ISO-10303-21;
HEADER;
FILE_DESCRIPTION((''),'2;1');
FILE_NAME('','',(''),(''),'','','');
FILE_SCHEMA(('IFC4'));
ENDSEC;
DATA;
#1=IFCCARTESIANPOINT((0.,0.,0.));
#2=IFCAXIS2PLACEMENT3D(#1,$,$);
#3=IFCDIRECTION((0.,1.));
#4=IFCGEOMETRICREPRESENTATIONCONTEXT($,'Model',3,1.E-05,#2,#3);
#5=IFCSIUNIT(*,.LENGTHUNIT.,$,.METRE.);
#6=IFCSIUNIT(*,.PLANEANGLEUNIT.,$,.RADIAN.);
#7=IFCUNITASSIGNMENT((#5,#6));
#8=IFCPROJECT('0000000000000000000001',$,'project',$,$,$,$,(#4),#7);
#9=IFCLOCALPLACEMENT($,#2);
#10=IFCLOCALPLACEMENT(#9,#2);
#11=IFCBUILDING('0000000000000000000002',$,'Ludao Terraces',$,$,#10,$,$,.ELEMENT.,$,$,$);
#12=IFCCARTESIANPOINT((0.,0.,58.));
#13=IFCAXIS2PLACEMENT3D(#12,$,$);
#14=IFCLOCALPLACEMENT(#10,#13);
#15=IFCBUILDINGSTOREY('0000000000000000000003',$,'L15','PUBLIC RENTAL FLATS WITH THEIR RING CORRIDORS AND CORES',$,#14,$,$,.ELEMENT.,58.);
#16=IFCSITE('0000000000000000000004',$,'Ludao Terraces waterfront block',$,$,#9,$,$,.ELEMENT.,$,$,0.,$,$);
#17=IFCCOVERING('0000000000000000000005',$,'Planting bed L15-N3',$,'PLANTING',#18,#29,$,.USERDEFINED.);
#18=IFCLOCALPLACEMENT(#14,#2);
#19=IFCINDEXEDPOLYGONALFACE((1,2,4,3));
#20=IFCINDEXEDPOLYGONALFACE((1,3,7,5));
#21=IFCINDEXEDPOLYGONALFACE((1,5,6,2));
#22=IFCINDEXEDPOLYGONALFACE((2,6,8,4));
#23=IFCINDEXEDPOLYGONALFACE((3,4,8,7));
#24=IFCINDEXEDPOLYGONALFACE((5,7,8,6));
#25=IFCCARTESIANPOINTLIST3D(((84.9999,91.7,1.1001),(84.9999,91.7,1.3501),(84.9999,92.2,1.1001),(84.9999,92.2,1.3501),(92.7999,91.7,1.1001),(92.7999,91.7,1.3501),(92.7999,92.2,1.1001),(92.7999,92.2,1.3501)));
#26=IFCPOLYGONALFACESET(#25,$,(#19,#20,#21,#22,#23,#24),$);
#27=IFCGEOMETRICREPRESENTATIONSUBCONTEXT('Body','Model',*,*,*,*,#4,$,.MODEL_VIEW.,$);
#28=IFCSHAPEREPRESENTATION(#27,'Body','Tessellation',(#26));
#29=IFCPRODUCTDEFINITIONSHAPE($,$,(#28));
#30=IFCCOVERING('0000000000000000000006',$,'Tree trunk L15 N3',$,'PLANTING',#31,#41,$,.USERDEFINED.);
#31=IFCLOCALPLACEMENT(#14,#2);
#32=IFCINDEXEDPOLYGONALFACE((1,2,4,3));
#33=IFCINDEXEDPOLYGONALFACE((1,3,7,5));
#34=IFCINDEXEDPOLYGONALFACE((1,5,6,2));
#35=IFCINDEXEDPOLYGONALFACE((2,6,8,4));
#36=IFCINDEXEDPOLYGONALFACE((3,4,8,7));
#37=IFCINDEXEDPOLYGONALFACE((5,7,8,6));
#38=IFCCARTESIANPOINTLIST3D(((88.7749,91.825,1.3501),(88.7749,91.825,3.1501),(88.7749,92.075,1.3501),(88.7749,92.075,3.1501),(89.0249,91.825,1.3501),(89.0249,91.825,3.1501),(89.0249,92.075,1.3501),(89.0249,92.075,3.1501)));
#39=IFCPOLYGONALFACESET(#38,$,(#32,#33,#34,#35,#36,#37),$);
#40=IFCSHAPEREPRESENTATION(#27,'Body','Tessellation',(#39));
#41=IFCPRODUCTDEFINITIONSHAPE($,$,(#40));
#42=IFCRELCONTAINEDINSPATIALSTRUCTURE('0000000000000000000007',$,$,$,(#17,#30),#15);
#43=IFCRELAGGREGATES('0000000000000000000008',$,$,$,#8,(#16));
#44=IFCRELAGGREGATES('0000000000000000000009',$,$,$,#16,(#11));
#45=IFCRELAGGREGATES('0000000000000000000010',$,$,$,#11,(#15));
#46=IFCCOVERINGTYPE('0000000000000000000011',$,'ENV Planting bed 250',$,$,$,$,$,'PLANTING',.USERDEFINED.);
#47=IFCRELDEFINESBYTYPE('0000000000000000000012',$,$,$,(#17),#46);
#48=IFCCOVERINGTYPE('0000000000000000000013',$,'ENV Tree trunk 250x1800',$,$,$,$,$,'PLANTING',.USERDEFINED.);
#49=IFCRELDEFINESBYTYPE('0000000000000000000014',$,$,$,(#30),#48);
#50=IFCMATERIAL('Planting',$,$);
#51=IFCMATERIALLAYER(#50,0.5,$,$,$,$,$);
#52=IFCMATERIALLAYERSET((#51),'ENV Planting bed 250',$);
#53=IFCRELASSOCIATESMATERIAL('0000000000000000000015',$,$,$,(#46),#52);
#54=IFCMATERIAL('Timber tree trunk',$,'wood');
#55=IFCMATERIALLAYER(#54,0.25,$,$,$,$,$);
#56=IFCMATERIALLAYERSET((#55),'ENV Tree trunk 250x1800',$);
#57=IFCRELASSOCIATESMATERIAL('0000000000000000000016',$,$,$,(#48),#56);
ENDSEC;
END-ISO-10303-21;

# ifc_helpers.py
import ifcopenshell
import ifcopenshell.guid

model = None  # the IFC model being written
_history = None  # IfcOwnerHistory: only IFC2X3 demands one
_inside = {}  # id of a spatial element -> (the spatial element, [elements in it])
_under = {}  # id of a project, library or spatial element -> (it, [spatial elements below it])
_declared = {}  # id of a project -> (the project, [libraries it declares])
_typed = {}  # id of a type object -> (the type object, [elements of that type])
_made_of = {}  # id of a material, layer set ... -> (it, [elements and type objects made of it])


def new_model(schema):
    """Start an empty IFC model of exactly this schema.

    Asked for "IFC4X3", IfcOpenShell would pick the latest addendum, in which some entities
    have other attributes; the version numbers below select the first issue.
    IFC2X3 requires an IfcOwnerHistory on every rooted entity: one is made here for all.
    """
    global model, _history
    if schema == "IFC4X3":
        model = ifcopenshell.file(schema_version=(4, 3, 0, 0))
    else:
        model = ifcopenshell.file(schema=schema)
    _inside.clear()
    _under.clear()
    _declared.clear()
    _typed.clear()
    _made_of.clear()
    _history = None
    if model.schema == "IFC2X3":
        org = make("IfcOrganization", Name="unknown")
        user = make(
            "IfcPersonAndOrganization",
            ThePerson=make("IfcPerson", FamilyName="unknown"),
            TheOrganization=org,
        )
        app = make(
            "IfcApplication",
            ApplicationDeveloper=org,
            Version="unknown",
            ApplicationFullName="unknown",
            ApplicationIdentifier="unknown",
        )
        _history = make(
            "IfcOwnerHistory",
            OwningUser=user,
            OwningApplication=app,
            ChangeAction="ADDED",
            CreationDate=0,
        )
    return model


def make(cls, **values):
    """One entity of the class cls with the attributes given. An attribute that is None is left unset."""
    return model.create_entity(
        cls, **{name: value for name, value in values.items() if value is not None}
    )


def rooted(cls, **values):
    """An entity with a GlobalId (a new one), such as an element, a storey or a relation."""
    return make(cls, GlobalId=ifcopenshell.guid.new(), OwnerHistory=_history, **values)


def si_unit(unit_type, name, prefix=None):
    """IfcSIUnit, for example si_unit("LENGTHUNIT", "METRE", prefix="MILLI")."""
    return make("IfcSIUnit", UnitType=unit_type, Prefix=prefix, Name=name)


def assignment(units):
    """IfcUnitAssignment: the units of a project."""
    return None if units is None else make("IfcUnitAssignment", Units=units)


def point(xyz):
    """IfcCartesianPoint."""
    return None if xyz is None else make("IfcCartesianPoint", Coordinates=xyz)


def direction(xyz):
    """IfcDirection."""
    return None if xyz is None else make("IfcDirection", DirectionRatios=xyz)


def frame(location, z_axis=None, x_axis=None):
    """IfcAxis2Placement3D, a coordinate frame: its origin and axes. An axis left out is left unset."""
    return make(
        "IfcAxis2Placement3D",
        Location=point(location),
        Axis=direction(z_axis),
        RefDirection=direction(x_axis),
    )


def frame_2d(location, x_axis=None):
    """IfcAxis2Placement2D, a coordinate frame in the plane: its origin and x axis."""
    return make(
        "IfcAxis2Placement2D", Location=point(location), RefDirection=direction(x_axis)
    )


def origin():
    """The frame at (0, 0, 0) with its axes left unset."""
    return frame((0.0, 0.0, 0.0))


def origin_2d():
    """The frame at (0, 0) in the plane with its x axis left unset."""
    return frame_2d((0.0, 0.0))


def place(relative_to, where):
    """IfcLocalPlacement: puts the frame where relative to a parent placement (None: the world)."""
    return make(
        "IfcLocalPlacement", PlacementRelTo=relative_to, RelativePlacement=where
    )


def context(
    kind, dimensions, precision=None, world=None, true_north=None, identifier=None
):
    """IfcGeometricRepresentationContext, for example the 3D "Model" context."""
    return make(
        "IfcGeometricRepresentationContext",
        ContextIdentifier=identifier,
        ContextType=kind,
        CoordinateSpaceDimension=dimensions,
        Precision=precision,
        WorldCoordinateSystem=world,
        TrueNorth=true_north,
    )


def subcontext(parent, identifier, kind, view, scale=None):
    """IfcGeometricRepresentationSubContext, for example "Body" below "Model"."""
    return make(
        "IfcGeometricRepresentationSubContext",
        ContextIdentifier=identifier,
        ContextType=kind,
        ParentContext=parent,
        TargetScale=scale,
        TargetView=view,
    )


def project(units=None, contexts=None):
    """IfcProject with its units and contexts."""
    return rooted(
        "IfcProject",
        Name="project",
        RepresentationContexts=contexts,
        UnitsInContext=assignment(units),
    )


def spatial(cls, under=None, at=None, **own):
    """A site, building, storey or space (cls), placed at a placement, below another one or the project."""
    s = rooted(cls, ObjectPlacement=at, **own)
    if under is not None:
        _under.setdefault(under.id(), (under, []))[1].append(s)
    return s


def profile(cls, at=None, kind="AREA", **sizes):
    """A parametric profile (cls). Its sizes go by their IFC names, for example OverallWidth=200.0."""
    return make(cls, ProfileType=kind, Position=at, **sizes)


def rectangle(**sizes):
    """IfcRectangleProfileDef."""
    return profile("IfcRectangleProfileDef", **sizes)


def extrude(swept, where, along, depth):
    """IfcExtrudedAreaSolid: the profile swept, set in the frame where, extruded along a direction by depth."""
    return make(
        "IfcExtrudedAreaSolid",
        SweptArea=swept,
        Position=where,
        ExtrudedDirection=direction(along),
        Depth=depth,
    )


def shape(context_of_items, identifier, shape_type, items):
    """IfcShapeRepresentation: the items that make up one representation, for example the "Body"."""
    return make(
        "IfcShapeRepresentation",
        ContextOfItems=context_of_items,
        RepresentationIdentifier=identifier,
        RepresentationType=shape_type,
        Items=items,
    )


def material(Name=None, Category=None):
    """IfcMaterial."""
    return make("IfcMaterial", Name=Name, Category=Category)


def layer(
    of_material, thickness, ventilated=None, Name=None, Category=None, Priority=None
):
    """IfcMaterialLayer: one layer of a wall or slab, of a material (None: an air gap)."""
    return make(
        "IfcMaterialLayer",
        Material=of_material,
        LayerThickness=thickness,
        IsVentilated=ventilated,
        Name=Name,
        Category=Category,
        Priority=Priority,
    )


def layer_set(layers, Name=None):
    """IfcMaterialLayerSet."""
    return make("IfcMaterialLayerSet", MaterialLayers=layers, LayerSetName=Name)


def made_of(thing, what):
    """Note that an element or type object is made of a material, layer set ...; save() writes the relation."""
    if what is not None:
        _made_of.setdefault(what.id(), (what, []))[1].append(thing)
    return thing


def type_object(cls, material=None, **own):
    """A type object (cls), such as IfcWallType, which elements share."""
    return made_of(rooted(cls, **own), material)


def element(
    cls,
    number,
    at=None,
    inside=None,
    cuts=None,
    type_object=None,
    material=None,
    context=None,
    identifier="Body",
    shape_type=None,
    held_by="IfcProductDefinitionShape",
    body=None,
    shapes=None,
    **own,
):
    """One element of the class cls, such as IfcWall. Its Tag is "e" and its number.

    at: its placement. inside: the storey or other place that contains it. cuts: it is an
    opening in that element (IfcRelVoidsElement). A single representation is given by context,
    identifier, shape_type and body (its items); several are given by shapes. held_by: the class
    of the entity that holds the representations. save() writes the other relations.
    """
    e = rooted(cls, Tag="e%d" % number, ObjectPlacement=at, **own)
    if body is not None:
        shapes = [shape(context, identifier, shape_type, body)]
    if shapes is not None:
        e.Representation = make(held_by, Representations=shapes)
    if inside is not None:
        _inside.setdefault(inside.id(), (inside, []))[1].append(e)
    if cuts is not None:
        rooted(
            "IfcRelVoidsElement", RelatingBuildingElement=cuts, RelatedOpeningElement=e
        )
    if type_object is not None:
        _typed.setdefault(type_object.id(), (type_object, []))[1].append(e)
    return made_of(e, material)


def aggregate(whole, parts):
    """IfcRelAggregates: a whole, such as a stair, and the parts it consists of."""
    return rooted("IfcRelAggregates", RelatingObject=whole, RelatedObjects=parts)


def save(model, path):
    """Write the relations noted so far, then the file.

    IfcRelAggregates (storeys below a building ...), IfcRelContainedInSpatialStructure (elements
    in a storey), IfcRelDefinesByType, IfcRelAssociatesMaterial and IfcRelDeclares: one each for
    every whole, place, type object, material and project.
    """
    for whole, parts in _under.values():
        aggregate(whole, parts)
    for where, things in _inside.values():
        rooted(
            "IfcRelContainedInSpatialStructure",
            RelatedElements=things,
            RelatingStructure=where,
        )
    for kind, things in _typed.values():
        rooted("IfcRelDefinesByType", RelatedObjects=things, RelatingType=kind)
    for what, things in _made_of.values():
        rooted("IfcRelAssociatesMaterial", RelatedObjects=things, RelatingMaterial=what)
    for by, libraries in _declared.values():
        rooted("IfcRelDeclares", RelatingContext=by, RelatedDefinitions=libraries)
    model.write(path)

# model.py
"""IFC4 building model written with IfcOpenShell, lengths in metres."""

from ifc_helpers import new_model, si_unit, direction, frame, origin, origin_2d, place, context, subcontext, project, spatial, rectangle, extrude, material, layer, layer_set, type_object, element, save


model = new_model("IFC4")

# Units and contexts
model_context = context("Model", 3, precision=1e-05, world=origin(), true_north=direction((0.0, 1.0)))
body_context = subcontext(model_context, "Body", "Model", "MODEL_VIEW")
ifc_project = project(units=[si_unit("LENGTHUNIT", "METRE"), si_unit("PLANEANGLEUNIT", "RADIAN")], contexts=[model_context])

# Site, building, storey
site_placement = place(None, origin())
site = spatial("IfcSite", under=ifc_project, at=site_placement, Name="Ludao Terraces waterfront block", CompositionType="ELEMENT", RefElevation=0.0)
building_placement = place(site_placement, origin())
building = spatial("IfcBuilding", under=site, at=building_placement, Name="Ludao Terraces", CompositionType="ELEMENT")
storey_placement = place(building_placement, frame((0.0, 0.0, 58.0)))
storey = spatial("IfcBuildingStorey", under=building, at=storey_placement, Name="L15", Description="PUBLIC RENTAL FLATS WITH THEIR RING CORRIDORS AND CORES", CompositionType="ELEMENT", Elevation=58.0)

# Coverings
ifc_material_1 = material(Name="Planting")
ifc_layer_1 = layer(ifc_material_1, 0.5)
ifc_layer_set_1 = layer_set([ifc_layer_1], Name="ENV Planting bed 250")
covering_type_1 = type_object("IfcCoveringType", Name="ENV Planting bed 250", ElementType="PLANTING", PredefinedType="USERDEFINED", material=ifc_layer_set_1)
covering_1_placement = place(storey_placement, frame((88.8999, 91.95, 1.1001), z_axis=(0.0, 0.0, 1.0), x_axis=(1.0, 0.0, 0.0)))
element("IfcCovering", 1, at=covering_1_placement, inside=storey, type_object=covering_type_1, Name="Planting bed L15-N3", ObjectType="PLANTING", PredefinedType="USERDEFINED", context=body_context, shape_type="SweptSolid", body=[
    extrude(rectangle(XDim=7.8, YDim=0.5, at=origin_2d()), origin(), (0.0, 0.0, 1.0), 0.25),
])
ifc_material_2 = material(Name="Timber tree trunk", Category="wood")
ifc_layer_2 = layer(ifc_material_2, 0.25)
ifc_layer_set_2 = layer_set([ifc_layer_2], Name="ENV Tree trunk 250x1800")
covering_type_2 = type_object("IfcCoveringType", Name="ENV Tree trunk 250x1800", ElementType="PLANTING", PredefinedType="USERDEFINED", material=ifc_layer_set_2)
covering_2_placement = place(storey_placement, frame((88.8999, 91.95, 1.3501), z_axis=(0.0, 0.0, 1.0), x_axis=(1.0, 0.0, 0.0)))
element("IfcCovering", 2, at=covering_2_placement, inside=storey, type_object=covering_type_2, Name="Tree trunk L15 N3", ObjectType="PLANTING", PredefinedType="USERDEFINED", context=body_context, shape_type="SweptSolid", body=[
    extrude(rectangle(XDim=0.25, YDim=0.25, at=origin_2d()), origin(), (0.0, 0.0, 1.0), 1.8),
])

save(model, "model.ifc")
